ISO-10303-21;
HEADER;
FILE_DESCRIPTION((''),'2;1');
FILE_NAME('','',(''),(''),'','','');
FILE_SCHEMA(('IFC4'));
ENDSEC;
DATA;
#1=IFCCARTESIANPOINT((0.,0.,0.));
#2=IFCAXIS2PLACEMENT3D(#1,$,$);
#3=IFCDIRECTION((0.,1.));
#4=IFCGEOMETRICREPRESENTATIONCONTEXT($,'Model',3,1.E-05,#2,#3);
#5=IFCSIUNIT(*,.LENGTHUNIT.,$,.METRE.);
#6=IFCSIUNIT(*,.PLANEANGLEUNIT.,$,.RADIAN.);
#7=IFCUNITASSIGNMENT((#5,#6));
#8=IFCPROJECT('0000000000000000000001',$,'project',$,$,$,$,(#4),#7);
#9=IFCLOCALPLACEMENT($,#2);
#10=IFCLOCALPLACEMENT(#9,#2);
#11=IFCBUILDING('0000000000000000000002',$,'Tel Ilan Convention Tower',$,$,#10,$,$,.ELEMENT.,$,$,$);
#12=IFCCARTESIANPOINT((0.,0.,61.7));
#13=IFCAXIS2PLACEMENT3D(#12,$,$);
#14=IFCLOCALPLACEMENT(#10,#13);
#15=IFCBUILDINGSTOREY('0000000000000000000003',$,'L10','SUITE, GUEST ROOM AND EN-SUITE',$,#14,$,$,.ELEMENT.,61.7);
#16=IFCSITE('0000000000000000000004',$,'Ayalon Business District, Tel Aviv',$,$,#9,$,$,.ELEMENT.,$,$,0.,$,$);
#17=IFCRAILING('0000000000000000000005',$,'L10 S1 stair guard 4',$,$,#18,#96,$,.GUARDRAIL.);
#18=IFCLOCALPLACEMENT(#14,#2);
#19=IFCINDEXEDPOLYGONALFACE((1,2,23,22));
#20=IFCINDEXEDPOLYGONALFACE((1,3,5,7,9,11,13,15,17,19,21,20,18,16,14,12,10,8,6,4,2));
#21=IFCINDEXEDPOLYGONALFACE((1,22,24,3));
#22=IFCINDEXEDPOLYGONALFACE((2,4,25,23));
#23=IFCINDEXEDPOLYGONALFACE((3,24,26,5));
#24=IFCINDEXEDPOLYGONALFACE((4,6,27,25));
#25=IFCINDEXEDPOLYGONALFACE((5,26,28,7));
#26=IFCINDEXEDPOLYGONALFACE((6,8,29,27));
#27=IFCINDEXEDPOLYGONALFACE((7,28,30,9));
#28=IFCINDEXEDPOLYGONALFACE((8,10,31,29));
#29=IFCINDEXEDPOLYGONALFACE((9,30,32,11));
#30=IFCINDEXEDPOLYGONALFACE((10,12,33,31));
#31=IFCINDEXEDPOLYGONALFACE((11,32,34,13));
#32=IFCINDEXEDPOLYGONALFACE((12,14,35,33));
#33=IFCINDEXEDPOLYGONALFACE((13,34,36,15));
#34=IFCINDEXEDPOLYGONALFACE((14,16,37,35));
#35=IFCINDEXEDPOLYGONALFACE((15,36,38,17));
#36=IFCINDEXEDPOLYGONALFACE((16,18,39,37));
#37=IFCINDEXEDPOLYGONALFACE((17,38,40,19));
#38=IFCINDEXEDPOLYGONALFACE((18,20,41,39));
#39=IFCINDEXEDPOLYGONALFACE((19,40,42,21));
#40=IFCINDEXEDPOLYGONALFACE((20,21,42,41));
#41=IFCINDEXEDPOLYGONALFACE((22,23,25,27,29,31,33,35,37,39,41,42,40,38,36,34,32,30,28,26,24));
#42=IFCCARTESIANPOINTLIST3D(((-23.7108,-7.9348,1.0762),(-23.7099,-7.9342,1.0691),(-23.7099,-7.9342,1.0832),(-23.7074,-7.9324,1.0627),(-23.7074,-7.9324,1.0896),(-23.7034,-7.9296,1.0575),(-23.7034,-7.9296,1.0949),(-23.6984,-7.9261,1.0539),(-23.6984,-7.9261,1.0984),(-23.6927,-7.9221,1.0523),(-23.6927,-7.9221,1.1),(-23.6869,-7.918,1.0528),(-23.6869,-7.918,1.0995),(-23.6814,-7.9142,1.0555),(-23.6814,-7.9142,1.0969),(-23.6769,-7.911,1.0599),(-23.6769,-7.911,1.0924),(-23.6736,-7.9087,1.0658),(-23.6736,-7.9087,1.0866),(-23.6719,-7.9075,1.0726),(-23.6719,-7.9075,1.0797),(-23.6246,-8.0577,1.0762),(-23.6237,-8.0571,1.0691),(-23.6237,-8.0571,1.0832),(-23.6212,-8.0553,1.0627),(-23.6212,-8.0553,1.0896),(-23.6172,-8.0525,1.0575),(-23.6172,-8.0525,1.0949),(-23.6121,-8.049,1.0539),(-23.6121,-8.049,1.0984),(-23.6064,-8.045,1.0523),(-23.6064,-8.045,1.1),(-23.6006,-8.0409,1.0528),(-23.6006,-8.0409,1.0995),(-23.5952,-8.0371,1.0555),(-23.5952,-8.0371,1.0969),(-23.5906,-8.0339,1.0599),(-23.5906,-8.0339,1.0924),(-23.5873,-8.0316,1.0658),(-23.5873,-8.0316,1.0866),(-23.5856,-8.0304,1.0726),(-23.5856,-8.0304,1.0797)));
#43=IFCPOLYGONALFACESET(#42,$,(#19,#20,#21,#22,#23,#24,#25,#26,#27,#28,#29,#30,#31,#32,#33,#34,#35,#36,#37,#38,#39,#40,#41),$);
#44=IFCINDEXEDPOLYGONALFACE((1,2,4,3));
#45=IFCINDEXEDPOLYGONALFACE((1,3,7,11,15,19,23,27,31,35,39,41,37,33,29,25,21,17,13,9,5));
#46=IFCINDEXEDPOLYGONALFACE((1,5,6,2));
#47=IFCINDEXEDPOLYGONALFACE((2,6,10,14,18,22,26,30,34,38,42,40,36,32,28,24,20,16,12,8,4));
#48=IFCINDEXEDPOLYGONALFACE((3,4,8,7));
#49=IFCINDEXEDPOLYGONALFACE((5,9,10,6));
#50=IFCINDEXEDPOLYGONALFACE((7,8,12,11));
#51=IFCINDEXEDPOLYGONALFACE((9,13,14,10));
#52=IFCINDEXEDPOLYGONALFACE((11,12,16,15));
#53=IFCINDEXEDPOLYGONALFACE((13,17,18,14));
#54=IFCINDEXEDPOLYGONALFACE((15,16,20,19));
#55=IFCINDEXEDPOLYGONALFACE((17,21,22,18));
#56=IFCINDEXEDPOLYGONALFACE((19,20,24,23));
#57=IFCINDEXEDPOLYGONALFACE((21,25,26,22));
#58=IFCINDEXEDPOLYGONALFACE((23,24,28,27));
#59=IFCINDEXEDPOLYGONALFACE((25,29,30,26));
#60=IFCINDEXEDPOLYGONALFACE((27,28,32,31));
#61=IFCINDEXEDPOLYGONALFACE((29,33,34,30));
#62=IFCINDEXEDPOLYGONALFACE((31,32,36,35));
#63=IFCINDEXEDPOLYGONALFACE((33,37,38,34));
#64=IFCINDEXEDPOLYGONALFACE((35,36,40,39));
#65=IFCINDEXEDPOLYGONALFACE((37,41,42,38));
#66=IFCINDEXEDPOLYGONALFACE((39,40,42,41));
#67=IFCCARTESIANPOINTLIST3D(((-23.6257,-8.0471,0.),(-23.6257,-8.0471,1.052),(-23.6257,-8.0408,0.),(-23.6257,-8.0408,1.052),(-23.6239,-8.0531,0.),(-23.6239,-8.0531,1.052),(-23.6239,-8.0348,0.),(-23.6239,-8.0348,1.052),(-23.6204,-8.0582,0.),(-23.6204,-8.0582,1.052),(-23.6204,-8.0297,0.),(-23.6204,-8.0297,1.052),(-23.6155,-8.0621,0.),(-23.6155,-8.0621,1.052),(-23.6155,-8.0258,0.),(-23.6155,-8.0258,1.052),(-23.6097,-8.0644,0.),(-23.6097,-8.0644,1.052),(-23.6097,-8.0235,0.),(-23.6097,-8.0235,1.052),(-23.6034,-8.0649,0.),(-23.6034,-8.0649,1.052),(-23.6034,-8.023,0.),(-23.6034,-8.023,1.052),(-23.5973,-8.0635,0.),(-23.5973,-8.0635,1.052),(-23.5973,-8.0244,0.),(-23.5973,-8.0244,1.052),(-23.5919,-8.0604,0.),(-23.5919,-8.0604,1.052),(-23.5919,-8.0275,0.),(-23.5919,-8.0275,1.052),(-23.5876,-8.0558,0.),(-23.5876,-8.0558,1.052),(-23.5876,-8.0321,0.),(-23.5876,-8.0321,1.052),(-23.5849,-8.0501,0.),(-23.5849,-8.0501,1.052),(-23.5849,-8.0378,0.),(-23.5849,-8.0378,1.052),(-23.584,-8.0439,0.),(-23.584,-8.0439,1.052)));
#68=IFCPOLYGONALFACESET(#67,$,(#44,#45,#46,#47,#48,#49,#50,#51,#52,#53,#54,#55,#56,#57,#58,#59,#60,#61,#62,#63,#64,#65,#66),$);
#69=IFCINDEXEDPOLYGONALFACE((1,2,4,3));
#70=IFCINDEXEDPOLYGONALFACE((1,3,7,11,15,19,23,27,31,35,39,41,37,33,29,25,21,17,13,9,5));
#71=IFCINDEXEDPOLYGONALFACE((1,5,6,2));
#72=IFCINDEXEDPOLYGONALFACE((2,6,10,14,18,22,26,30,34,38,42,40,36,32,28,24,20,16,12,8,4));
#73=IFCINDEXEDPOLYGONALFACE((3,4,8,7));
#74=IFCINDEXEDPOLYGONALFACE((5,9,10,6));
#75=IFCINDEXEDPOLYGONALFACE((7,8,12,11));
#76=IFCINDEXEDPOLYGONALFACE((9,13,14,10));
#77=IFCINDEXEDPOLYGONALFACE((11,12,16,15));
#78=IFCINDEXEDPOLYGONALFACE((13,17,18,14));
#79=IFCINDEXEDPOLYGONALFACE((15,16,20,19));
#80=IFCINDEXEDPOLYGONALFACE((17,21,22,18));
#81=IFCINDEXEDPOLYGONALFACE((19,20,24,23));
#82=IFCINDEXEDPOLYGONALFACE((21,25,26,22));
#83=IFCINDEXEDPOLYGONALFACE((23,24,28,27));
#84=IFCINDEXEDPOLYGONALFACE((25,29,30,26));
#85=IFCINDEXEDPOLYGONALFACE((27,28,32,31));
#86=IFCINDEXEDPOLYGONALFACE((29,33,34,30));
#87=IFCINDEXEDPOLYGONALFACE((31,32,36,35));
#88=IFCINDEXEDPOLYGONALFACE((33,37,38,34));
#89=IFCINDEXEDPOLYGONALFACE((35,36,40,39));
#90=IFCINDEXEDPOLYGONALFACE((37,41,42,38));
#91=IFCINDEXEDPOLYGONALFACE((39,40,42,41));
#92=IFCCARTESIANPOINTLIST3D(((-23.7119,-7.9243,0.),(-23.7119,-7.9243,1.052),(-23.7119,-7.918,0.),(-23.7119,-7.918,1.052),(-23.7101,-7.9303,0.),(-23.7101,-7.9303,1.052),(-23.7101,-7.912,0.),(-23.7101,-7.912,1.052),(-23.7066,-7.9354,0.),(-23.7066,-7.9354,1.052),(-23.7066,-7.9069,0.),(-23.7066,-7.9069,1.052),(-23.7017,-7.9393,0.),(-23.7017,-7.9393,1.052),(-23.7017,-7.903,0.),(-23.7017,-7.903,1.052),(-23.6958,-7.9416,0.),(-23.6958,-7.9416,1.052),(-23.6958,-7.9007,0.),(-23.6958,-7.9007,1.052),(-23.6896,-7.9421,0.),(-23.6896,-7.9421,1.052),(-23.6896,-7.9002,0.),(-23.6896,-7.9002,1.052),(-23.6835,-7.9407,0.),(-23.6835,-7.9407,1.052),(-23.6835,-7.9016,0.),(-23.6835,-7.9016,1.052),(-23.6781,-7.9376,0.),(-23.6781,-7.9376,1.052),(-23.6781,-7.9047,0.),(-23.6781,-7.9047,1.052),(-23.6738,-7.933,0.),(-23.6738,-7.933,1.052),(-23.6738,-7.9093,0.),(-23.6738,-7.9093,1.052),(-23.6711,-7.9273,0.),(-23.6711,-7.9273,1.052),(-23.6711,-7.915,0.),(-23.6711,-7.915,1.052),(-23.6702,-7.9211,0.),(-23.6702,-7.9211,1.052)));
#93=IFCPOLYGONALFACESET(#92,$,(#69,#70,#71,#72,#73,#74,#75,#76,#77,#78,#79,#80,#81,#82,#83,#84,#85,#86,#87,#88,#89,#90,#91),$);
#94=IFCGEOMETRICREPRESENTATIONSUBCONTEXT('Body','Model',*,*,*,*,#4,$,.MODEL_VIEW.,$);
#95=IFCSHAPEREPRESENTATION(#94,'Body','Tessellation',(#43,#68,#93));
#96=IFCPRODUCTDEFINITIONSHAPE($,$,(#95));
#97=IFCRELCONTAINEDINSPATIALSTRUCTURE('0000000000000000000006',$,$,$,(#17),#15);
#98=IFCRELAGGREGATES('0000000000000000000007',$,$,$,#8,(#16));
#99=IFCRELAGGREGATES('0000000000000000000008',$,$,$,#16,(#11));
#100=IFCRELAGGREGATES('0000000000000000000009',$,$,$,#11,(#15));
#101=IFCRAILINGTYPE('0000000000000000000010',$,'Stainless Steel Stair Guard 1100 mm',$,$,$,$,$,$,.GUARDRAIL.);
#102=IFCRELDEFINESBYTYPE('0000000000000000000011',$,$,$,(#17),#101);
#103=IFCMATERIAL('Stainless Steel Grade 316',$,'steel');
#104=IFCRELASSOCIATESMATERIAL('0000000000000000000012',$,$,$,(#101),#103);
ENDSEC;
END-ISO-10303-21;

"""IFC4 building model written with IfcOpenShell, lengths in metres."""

from ifc_helpers import new_model, si_unit, direction, frame, origin, origin_2d, place, context, subcontext, project, spatial, circle, extrude, material, type_object, element, save


model = new_model("IFC4")

# Units and contexts
model_context = context("Model", 3, precision=1e-05, world=origin(), true_north=direction((0.0, 1.0)))
body_context = subcontext(model_context, "Body", "Model", "MODEL_VIEW")
ifc_project = project(units=[si_unit("LENGTHUNIT", "METRE"), si_unit("PLANEANGLEUNIT", "RADIAN")], contexts=[model_context])

# Site, building, storey
site_placement = place(None, origin())
site = spatial("IfcSite", under=ifc_project, at=site_placement, Name="Ayalon Business District, Tel Aviv", CompositionType="ELEMENT", RefElevation=0.0)
building_placement = place(site_placement, origin())
building = spatial("IfcBuilding", under=site, at=building_placement, Name="Tel Ilan Convention Tower", CompositionType="ELEMENT")
storey_placement = place(building_placement, frame((0.0, 0.0, 61.7)))
storey = spatial("IfcBuildingStorey", under=building, at=storey_placement, Name="L10", Description="SUITE, GUEST ROOM AND EN-SUITE", CompositionType="ELEMENT", Elevation=61.7)

# Railing
ifc_material_1 = material(Name="Stainless Steel Grade 316", Category="steel")
railing_type_1 = type_object("IfcRailingType", Name="Stainless Steel Stair Guard 1100 mm", PredefinedType="GUARDRAIL", material=ifc_material_1)
railing_1_placement = place(storey_placement, frame((-23.605, -8.0439, 0.0)))
element("IfcRailing", 1, at=railing_1_placement, inside=storey, type_object=railing_type_1, Name="L10 S1 stair guard 4", PredefinedType="GUARDRAIL", context=body_context, shape_type="SweptSolid", body=[
    extrude(circle(Radius=0.0239, at=origin_2d()), frame((0.0, 0.0, 1.0762), z_axis=(-0.574445, 0.818543, 0.0), x_axis=(-0.818543, -0.574445, 0.0)), (0.0, 0.0, 1.0), 0.1501),
    extrude(circle(Radius=0.021, at=origin_2d()), origin(), (0.0, 0.0, 1.0), 1.052),
    extrude(circle(Radius=0.021, at=origin_2d()), frame((-0.0862, 0.1228, 0.0)), (0.0, 0.0, 1.0), 1.052),
])

save(model, "model.ifc")
